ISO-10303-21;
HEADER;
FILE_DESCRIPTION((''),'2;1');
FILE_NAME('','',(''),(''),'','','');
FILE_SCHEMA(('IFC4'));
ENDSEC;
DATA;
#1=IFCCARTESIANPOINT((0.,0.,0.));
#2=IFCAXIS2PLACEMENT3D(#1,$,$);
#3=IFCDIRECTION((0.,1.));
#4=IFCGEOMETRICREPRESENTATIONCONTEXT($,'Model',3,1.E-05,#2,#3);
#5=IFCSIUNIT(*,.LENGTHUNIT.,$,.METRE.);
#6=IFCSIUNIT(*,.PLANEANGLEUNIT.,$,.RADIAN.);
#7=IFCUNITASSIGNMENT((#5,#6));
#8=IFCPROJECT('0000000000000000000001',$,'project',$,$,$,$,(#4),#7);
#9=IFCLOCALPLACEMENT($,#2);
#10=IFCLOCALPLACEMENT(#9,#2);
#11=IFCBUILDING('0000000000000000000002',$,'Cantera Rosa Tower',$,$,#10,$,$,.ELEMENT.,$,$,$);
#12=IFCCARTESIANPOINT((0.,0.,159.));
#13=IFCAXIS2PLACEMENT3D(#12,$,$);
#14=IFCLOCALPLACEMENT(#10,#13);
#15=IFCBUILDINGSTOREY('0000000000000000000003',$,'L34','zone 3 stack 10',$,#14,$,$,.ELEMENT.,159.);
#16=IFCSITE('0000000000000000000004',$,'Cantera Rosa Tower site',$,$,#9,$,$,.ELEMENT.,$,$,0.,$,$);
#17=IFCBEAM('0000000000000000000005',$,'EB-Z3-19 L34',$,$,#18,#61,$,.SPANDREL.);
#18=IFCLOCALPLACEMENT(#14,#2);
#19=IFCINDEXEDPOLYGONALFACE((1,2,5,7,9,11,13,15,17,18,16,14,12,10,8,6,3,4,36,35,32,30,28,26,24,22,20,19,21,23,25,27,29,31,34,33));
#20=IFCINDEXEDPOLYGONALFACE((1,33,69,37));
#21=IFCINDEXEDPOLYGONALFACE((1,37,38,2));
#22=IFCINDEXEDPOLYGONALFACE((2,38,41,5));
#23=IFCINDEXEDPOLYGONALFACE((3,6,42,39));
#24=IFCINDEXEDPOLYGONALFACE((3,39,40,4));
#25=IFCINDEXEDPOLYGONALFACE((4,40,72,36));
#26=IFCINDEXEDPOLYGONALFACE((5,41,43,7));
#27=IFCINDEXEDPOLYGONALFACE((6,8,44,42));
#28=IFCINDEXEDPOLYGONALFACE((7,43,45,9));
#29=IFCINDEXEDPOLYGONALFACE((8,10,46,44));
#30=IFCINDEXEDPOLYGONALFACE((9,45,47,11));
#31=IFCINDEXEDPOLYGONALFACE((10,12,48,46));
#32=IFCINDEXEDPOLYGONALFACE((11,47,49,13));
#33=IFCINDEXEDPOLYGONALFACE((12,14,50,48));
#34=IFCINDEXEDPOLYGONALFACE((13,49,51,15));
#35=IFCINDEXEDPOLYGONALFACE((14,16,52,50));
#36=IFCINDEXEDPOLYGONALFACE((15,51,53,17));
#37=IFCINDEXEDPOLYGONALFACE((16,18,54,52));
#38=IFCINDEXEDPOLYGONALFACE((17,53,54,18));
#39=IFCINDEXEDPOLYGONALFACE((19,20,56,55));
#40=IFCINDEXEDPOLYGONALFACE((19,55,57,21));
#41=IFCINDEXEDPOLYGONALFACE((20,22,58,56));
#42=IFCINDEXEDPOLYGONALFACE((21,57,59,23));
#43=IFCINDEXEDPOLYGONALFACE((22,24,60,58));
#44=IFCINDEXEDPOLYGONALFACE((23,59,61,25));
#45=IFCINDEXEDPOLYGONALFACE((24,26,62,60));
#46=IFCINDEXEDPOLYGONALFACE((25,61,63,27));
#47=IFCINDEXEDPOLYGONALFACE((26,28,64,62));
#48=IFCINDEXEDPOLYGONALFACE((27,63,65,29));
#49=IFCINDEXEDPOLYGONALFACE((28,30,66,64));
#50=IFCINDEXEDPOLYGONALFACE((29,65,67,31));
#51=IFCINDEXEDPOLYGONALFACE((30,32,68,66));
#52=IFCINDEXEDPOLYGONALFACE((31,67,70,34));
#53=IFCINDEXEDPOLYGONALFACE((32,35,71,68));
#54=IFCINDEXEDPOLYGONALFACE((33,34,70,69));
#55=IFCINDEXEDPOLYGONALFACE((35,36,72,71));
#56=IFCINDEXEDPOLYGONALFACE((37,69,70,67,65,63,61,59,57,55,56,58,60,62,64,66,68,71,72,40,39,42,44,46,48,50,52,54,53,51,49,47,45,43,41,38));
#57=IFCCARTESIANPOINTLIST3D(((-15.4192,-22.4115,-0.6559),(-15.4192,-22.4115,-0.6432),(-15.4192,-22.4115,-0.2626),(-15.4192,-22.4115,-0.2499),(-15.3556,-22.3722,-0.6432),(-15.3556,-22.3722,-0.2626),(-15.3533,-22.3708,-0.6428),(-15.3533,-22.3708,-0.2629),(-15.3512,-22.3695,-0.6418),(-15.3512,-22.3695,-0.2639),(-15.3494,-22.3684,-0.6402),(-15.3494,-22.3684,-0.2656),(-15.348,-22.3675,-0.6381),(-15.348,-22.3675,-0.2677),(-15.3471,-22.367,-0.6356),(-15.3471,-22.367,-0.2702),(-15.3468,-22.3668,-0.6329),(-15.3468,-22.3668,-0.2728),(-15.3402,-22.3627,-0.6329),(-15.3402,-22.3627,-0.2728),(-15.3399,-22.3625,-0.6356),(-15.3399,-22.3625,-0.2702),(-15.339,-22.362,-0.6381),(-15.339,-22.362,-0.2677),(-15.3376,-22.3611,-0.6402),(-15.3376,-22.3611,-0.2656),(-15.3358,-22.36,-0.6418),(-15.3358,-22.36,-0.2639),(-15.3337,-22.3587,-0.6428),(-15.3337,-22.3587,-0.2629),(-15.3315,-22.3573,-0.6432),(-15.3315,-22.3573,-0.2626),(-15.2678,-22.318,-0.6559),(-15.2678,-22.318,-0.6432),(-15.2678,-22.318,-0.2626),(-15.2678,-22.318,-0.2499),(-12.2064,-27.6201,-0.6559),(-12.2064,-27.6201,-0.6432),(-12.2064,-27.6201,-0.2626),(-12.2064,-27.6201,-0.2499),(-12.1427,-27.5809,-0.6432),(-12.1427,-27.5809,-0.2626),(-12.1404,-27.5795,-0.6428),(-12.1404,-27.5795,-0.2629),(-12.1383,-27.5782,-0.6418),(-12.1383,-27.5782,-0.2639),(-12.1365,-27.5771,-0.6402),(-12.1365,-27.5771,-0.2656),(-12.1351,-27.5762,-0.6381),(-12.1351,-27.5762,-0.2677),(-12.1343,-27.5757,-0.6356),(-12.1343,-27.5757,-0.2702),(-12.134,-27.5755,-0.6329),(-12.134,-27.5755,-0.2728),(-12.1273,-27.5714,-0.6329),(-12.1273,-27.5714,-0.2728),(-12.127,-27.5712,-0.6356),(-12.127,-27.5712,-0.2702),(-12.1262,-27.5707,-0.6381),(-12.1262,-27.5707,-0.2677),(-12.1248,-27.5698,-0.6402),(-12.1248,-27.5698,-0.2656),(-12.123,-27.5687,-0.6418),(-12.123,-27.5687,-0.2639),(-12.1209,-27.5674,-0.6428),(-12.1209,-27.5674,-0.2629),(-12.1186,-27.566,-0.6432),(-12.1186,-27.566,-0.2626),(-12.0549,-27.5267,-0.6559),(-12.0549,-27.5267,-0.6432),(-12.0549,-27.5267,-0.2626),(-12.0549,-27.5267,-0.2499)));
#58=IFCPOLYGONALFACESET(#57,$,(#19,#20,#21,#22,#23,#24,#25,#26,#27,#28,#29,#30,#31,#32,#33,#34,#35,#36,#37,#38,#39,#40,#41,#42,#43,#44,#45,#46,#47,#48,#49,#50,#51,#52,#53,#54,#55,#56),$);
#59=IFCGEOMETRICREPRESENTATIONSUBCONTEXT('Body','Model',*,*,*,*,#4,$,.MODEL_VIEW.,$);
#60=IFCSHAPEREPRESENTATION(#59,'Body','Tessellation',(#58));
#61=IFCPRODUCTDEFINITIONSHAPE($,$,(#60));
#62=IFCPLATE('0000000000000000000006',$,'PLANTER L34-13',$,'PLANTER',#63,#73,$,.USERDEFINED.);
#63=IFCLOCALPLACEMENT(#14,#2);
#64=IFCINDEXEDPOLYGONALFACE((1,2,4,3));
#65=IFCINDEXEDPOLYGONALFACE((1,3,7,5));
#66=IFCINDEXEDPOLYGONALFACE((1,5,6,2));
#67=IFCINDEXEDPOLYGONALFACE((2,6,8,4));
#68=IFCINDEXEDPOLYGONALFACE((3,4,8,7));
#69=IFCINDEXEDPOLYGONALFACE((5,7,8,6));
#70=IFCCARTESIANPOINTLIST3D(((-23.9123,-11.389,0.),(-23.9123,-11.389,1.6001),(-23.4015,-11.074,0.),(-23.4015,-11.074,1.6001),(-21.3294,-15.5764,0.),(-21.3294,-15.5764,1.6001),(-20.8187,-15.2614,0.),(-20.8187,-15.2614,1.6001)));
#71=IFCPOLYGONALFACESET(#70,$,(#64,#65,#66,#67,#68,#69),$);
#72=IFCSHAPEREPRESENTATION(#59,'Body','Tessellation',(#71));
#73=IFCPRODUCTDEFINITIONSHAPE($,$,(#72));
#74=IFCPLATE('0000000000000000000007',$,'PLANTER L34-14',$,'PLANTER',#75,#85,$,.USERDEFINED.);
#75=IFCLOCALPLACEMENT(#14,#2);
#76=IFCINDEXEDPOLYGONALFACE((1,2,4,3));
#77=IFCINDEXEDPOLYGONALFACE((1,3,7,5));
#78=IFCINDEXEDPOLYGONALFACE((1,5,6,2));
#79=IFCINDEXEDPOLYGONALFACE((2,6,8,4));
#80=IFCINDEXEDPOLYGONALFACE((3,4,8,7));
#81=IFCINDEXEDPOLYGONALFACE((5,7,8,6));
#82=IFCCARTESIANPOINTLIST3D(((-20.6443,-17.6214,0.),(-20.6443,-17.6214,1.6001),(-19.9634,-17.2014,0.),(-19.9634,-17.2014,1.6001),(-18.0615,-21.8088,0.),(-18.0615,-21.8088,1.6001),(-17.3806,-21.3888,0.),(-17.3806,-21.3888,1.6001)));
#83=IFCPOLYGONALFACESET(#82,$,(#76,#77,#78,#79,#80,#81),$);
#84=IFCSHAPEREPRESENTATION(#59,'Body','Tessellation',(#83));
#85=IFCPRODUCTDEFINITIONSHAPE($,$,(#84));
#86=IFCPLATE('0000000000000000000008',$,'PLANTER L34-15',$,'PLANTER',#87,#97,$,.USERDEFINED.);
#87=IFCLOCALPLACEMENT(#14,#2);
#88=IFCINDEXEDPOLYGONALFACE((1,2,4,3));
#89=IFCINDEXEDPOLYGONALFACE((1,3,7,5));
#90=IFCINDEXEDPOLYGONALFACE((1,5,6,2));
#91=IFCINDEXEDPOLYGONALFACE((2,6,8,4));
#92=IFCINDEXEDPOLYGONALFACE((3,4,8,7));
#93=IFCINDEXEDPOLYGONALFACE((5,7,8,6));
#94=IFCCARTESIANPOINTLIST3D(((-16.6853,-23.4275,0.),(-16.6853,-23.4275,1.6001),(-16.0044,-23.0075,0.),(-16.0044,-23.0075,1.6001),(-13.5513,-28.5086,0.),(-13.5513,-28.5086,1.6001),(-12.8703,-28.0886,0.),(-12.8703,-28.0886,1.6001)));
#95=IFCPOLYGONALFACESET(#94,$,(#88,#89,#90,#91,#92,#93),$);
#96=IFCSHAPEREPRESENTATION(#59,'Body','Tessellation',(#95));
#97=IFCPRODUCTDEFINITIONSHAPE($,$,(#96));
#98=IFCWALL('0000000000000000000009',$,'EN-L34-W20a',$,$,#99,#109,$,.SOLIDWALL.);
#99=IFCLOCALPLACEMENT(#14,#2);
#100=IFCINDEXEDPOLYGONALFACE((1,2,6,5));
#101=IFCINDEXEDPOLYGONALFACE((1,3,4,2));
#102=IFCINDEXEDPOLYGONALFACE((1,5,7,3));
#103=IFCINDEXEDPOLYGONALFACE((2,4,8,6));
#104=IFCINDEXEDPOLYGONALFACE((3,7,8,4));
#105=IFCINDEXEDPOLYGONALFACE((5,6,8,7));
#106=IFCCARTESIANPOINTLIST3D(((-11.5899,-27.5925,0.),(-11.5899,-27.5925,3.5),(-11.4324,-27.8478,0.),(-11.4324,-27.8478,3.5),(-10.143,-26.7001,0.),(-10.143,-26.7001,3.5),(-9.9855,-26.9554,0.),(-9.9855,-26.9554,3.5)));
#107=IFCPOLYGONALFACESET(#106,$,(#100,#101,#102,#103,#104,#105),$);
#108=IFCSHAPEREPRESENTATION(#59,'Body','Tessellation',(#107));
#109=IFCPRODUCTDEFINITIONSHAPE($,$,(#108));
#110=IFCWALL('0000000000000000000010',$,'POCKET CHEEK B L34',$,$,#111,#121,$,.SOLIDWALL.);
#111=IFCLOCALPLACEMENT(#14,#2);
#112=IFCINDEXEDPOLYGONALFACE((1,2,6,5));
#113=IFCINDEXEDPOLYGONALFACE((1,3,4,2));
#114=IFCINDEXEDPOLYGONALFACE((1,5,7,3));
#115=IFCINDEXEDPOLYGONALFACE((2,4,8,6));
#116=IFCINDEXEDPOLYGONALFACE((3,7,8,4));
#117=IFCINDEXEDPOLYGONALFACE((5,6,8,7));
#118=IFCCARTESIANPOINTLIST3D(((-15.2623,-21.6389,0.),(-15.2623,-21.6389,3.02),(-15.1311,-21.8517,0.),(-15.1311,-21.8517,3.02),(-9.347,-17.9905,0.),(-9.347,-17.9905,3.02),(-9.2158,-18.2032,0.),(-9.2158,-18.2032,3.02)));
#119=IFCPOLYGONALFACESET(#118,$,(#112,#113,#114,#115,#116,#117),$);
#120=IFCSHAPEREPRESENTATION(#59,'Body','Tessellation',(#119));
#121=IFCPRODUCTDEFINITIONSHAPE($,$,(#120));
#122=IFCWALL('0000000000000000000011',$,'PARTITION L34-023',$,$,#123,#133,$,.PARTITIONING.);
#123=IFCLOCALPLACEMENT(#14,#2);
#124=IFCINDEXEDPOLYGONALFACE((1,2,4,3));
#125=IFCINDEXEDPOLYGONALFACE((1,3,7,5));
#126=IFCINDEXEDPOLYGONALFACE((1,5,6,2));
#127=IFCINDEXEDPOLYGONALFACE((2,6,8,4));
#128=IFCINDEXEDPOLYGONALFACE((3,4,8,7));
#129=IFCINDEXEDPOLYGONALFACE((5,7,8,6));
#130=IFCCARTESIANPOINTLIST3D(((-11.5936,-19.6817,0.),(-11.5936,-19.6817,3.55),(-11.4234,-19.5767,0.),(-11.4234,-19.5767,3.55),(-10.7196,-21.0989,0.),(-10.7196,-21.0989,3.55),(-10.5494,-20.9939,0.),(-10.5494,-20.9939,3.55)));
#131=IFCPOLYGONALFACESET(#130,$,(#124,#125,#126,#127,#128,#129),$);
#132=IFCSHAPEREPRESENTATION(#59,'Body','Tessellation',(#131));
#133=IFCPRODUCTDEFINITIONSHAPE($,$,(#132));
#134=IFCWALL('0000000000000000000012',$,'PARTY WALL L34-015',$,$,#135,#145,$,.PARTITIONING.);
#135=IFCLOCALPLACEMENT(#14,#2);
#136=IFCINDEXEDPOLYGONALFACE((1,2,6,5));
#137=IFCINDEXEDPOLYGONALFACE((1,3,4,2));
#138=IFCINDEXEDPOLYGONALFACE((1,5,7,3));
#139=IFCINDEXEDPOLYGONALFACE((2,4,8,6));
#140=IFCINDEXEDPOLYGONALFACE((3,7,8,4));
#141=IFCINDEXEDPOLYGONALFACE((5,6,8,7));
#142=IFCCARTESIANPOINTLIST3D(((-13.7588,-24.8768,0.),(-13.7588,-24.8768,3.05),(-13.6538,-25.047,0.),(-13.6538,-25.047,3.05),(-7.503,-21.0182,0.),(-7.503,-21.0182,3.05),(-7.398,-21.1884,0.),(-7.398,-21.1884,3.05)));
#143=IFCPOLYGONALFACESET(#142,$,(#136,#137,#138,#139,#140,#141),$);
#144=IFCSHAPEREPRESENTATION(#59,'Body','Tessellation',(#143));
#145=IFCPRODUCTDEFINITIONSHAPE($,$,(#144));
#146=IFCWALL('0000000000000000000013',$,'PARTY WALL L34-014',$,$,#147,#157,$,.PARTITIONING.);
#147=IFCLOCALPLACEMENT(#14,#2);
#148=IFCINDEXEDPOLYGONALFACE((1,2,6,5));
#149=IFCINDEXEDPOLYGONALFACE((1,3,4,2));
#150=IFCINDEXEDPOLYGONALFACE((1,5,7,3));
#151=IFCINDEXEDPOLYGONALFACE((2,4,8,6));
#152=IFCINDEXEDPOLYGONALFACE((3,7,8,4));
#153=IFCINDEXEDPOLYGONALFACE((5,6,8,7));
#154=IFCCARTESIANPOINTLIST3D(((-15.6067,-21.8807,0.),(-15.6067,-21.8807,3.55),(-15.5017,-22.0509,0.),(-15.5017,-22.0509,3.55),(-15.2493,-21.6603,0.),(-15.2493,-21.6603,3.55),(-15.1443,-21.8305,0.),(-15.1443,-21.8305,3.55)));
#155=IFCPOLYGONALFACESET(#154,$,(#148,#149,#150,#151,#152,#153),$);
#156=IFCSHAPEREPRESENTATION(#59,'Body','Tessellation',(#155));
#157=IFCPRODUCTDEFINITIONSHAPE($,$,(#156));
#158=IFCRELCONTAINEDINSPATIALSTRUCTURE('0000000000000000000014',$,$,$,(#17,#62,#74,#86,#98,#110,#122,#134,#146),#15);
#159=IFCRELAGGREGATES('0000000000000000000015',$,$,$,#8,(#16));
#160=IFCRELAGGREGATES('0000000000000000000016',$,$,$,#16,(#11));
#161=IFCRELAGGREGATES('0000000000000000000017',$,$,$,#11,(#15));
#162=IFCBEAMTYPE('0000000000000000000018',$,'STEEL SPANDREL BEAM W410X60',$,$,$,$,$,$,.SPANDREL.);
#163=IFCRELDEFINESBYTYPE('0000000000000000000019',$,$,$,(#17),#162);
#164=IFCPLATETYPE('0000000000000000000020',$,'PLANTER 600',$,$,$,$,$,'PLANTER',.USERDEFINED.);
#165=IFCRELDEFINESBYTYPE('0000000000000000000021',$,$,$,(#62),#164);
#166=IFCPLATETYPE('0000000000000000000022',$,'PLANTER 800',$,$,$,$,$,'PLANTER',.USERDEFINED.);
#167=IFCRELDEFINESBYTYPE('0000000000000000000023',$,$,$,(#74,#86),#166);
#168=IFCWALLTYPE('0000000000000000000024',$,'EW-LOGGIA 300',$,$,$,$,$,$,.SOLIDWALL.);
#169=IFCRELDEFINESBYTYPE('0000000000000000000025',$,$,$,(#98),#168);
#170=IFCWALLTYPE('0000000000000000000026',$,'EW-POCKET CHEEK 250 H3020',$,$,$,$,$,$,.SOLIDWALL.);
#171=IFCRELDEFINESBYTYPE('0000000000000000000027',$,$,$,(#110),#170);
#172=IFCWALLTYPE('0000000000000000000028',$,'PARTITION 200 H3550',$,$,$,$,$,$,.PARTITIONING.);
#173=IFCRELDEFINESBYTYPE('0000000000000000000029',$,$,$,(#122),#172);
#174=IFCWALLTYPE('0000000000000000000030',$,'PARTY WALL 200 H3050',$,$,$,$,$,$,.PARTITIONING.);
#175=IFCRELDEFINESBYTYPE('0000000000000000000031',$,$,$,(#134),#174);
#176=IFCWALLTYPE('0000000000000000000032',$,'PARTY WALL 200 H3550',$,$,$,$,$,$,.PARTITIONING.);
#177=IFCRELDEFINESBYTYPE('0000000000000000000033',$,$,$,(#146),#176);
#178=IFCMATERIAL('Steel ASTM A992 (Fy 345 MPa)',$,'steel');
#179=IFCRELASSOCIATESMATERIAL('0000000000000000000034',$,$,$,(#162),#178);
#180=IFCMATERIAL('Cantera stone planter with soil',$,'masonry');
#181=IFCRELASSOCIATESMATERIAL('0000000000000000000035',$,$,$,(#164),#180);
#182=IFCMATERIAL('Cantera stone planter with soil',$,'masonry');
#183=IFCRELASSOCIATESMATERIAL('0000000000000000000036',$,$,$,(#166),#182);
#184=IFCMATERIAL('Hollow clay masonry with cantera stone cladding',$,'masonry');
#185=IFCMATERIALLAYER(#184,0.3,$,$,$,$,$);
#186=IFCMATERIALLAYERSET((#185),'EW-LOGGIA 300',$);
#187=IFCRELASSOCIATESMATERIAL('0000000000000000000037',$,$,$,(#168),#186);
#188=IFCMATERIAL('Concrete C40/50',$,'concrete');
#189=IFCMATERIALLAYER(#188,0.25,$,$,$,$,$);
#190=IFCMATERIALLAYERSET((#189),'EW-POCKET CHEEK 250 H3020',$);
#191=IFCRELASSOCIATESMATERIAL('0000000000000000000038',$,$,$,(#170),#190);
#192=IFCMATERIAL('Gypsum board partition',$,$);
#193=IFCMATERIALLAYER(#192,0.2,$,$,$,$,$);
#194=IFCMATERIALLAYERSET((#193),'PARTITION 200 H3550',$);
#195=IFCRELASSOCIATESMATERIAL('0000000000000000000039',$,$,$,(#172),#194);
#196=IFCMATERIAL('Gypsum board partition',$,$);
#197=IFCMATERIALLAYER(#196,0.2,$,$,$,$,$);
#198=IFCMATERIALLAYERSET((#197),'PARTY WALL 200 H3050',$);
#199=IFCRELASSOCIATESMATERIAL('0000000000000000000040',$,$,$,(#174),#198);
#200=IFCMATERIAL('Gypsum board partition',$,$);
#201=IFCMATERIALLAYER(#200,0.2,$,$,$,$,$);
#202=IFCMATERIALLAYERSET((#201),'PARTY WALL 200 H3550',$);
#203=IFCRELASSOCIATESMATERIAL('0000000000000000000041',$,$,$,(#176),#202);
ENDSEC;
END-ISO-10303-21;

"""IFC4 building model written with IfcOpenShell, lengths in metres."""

from ifc_helpers import new_model, si_unit, direction, frame, frame_2d, origin, origin_2d, place, context, subcontext, project, spatial, rectangle, i_section, extrude, material, layer, layer_set, material_profile, profile_set, type_object, element, save


model = new_model("IFC4")

# Units and contexts
model_context = context("Model", 3, precision=1e-05, world=origin(), true_north=direction((0.0, 1.0)))
body_context = subcontext(model_context, "Body", "Model", "MODEL_VIEW")
ifc_project = project(units=[si_unit("LENGTHUNIT", "METRE"), si_unit("PLANEANGLEUNIT", "RADIAN")], contexts=[model_context])

# Site, building, storey
site_placement = place(None, origin())
site = spatial("IfcSite", under=ifc_project, at=site_placement, Name="Cantera Rosa Tower site", CompositionType="ELEMENT", RefElevation=0.0)
building_placement = place(site_placement, origin())
building = spatial("IfcBuilding", under=site, at=building_placement, Name="Cantera Rosa Tower", CompositionType="ELEMENT")
storey_placement = place(building_placement, frame((0.0, 0.0, 159.0)))
storey = spatial("IfcBuildingStorey", under=building, at=storey_placement, Name="L34", Description="zone 3 stack 10", CompositionType="ELEMENT", Elevation=159.0)

# Beam
ifc_material_1 = material(Name="Steel ASTM A992 (Fy 345 MPa)", Category="steel")
ifc_material_profile_1 = material_profile(ifc_material_1, i_section(OverallWidth=0.178, OverallDepth=0.406, WebThickness=0.0078, FlangeThickness=0.0127, FilletRadius=0.0103, at=origin_2d()), Name="W410X60")
ifc_profile_set_1 = profile_set([ifc_material_profile_1], Name="Steel ASTM A992 (Fy 345 MPa)")
beam_type_1 = type_object("IfcBeamType", Name="STEEL SPANDREL BEAM W410X60", PredefinedType="SPANDREL", material=ifc_profile_set_1)
for number, where, z_axis, x_axis, name in (
    (1, (-15.3435, -22.3647, -0.4529), (0.524987, -0.85111, 0.0), (0.85111, 0.524987, 0.0), "EB-Z3-19 L34"),
):
    element("IfcBeam", number, at=place(storey_placement, frame(where, z_axis=z_axis, x_axis=x_axis)), inside=storey, type_object=beam_type_1, Name=name, PredefinedType="SPANDREL", context=body_context, shape_type="SweptSolid", body=[
        extrude(i_section(OverallWidth=0.178, OverallDepth=0.406, WebThickness=0.0078, FlangeThickness=0.0127, FilletRadius=0.0103, at=origin_2d()), origin(), (0.0, 0.0, 1.0), 6.1199),
    ])

# Plates
ifc_material_2 = material(Name="Cantera stone planter with soil", Category="masonry")
plate_type_1 = type_object("IfcPlateType", Name="PLANTER 600", ElementType="PLANTER", PredefinedType="USERDEFINED", material=ifc_material_2)
plate_1_placement = place(storey_placement, frame((-22.3655, -13.3252, 0.0), z_axis=(0.0, 0.0, 1.0), x_axis=(0.524977, -0.851117, 0.0)))
element("IfcPlate", 2, at=plate_1_placement, inside=storey, type_object=plate_type_1, Name="PLANTER L34-13", ObjectType="PLANTER", PredefinedType="USERDEFINED", context=body_context, shape_type="SweptSolid", body=[
    extrude(rectangle(XDim=4.9199, YDim=0.6001, at=origin_2d()), origin(), (0.0, 0.0, 1.0), 1.6001),
])
ifc_material_3 = material(Name="Cantera stone planter with soil", Category="masonry")
plate_type_2 = type_object("IfcPlateType", Name="PLANTER 800", ElementType="PLANTER", PredefinedType="USERDEFINED", material=ifc_material_3)
plate_2_placement = place(storey_placement, frame((-19.0125, -19.5051, 0.0), z_axis=(0.0, 0.0, 1.0), x_axis=(0.524977, -0.851117, 0.0)))
element("IfcPlate", 3, at=plate_2_placement, inside=storey, type_object=plate_type_2, Name="PLANTER L34-14", ObjectType="PLANTER", PredefinedType="USERDEFINED", context=body_context, shape_type="SweptSolid", body=[
    extrude(rectangle(XDim=4.9199, YDim=0.8, at=origin_2d()), origin(), (0.0, 0.0, 1.0), 1.6001),
])
plate_3_placement = place(storey_placement, frame((-14.7778, -25.7581, 0.0), z_axis=(0.0, 0.0, 1.0), x_axis=(0.524977, -0.851117, 0.0)))
element("IfcPlate", 4, at=plate_3_placement, inside=storey, type_object=plate_type_2, Name="PLANTER L34-15", ObjectType="PLANTER", PredefinedType="USERDEFINED", context=body_context, shape_type="SweptSolid", body=[
    extrude(rectangle(XDim=5.97, YDim=0.8, at=origin_2d()), origin(), (0.0, 0.0, 1.0), 1.6001),
])

# Wall
ifc_material_4 = material(Name="Hollow clay masonry with cantera stone cladding", Category="masonry")
ifc_layer_1 = layer(ifc_material_4, 0.3)
ifc_layer_set_1 = layer_set([ifc_layer_1], Name="EW-LOGGIA 300")
wall_type_1 = type_object("IfcWallType", Name="EW-LOGGIA 300", PredefinedType="SOLIDWALL", material=ifc_layer_set_1)
wall_1_placement = place(storey_placement, frame((-11.5112, -27.7202, 0.0), z_axis=(0.0, 0.0, 1.0), x_axis=(0.85113, 0.524955, 0.0)))
element("IfcWall", 5, at=wall_1_placement, inside=storey, type_object=wall_type_1, Name="EN-L34-W20a", PredefinedType="SOLIDWALL", context=body_context, shape_type="SweptSolid", body=[
    extrude(rectangle(XDim=1.7, YDim=0.3, at=frame_2d((0.8501, 0.0))), origin(), (0.0, 0.0, 1.0), 3.5),
])

# Walls
ifc_material_5 = material(Name="Concrete C40/50", Category="concrete")
ifc_layer_2 = layer(ifc_material_5, 0.25)
ifc_layer_set_2 = layer_set([ifc_layer_2], Name="EW-POCKET CHEEK 250 H3020")
wall_type_2 = type_object("IfcWallType", Name="EW-POCKET CHEEK 250 H3020", PredefinedType="SOLIDWALL", material=ifc_layer_set_2)
wall_2_placement = place(storey_placement, frame((-15.1968, -21.7454, 0.0), z_axis=(0.0, 0.0, 1.0), x_axis=(0.851127, 0.52496, 0.0)))
element("IfcWall", 6, at=wall_2_placement, inside=storey, type_object=wall_type_2, Name="POCKET CHEEK B L34", PredefinedType="SOLIDWALL", context=body_context, shape_type="SweptSolid", body=[
    extrude(rectangle(XDim=6.95, YDim=0.25, at=frame_2d((3.4751, 0.0))), origin(), (0.0, 0.0, 1.0), 3.02),
])
ifc_material_6 = material(Name="Gypsum board partition")
ifc_layer_3 = layer(ifc_material_6, 0.2)
ifc_layer_set_3 = layer_set([ifc_layer_3], Name="PARTITION 200 H3550")
wall_type_3 = type_object("IfcWallType", Name="PARTITION 200 H3550", PredefinedType="PARTITIONING", material=ifc_layer_set_3)
wall_3_placement = place(storey_placement, frame((-10.6345, -21.0464, 0.0), z_axis=(0.0, 0.0, 1.0), x_axis=(-0.524915, 0.851154, 0.0)))
element("IfcWall", 7, at=wall_3_placement, inside=storey, type_object=wall_type_3, Name="PARTITION L34-023", PredefinedType="PARTITIONING", context=body_context, shape_type="SweptSolid", body=[
    extrude(rectangle(XDim=1.665, YDim=0.2, at=frame_2d((0.8325, 0.0))), origin(), (0.0, 0.0, 1.0), 3.55),
])
ifc_material_7 = material(Name="Gypsum board partition")
ifc_layer_4 = layer(ifc_material_7, 0.2)
ifc_layer_set_4 = layer_set([ifc_layer_4], Name="PARTY WALL 200 H3050")
wall_type_4 = type_object("IfcWallType", Name="PARTY WALL 200 H3050", PredefinedType="PARTITIONING", material=ifc_layer_set_4)
wall_4_placement = place(storey_placement, frame((-13.7063, -24.9619, 0.0), z_axis=(0.0, 0.0, 1.0), x_axis=(0.851118, 0.524974, 0.0)))
element("IfcWall", 8, at=wall_4_placement, inside=storey, type_object=wall_type_4, Name="PARTY WALL L34-015", PredefinedType="PARTITIONING", context=body_context, shape_type="SweptSolid", body=[
    extrude(rectangle(XDim=7.3501, YDim=0.2, at=frame_2d((3.675, 0.0))), origin(), (0.0, 0.0, 1.0), 3.05),
])
ifc_material_8 = material(Name="Gypsum board partition")
ifc_layer_5 = layer(ifc_material_8, 0.2)
ifc_layer_set_5 = layer_set([ifc_layer_5], Name="PARTY WALL 200 H3550")
wall_type_5 = type_object("IfcWallType", Name="PARTY WALL 200 H3550", PredefinedType="PARTITIONING", material=ifc_layer_set_5)
wall_5_placement = place(storey_placement, frame((-15.5542, -21.9658, 0.0), z_axis=(0.0, 0.0, 1.0), x_axis=(0.851119, 0.524973, 0.0)))
element("IfcWall", 9, at=wall_5_placement, inside=storey, type_object=wall_type_5, Name="PARTY WALL L34-014", PredefinedType="PARTITIONING", context=body_context, shape_type="SweptSolid", body=[
    extrude(rectangle(XDim=0.4199, YDim=0.2, at=frame_2d((0.21, 0.0))), origin(), (0.0, 0.0, 1.0), 3.55),
])

save(model, "model.ifc")
